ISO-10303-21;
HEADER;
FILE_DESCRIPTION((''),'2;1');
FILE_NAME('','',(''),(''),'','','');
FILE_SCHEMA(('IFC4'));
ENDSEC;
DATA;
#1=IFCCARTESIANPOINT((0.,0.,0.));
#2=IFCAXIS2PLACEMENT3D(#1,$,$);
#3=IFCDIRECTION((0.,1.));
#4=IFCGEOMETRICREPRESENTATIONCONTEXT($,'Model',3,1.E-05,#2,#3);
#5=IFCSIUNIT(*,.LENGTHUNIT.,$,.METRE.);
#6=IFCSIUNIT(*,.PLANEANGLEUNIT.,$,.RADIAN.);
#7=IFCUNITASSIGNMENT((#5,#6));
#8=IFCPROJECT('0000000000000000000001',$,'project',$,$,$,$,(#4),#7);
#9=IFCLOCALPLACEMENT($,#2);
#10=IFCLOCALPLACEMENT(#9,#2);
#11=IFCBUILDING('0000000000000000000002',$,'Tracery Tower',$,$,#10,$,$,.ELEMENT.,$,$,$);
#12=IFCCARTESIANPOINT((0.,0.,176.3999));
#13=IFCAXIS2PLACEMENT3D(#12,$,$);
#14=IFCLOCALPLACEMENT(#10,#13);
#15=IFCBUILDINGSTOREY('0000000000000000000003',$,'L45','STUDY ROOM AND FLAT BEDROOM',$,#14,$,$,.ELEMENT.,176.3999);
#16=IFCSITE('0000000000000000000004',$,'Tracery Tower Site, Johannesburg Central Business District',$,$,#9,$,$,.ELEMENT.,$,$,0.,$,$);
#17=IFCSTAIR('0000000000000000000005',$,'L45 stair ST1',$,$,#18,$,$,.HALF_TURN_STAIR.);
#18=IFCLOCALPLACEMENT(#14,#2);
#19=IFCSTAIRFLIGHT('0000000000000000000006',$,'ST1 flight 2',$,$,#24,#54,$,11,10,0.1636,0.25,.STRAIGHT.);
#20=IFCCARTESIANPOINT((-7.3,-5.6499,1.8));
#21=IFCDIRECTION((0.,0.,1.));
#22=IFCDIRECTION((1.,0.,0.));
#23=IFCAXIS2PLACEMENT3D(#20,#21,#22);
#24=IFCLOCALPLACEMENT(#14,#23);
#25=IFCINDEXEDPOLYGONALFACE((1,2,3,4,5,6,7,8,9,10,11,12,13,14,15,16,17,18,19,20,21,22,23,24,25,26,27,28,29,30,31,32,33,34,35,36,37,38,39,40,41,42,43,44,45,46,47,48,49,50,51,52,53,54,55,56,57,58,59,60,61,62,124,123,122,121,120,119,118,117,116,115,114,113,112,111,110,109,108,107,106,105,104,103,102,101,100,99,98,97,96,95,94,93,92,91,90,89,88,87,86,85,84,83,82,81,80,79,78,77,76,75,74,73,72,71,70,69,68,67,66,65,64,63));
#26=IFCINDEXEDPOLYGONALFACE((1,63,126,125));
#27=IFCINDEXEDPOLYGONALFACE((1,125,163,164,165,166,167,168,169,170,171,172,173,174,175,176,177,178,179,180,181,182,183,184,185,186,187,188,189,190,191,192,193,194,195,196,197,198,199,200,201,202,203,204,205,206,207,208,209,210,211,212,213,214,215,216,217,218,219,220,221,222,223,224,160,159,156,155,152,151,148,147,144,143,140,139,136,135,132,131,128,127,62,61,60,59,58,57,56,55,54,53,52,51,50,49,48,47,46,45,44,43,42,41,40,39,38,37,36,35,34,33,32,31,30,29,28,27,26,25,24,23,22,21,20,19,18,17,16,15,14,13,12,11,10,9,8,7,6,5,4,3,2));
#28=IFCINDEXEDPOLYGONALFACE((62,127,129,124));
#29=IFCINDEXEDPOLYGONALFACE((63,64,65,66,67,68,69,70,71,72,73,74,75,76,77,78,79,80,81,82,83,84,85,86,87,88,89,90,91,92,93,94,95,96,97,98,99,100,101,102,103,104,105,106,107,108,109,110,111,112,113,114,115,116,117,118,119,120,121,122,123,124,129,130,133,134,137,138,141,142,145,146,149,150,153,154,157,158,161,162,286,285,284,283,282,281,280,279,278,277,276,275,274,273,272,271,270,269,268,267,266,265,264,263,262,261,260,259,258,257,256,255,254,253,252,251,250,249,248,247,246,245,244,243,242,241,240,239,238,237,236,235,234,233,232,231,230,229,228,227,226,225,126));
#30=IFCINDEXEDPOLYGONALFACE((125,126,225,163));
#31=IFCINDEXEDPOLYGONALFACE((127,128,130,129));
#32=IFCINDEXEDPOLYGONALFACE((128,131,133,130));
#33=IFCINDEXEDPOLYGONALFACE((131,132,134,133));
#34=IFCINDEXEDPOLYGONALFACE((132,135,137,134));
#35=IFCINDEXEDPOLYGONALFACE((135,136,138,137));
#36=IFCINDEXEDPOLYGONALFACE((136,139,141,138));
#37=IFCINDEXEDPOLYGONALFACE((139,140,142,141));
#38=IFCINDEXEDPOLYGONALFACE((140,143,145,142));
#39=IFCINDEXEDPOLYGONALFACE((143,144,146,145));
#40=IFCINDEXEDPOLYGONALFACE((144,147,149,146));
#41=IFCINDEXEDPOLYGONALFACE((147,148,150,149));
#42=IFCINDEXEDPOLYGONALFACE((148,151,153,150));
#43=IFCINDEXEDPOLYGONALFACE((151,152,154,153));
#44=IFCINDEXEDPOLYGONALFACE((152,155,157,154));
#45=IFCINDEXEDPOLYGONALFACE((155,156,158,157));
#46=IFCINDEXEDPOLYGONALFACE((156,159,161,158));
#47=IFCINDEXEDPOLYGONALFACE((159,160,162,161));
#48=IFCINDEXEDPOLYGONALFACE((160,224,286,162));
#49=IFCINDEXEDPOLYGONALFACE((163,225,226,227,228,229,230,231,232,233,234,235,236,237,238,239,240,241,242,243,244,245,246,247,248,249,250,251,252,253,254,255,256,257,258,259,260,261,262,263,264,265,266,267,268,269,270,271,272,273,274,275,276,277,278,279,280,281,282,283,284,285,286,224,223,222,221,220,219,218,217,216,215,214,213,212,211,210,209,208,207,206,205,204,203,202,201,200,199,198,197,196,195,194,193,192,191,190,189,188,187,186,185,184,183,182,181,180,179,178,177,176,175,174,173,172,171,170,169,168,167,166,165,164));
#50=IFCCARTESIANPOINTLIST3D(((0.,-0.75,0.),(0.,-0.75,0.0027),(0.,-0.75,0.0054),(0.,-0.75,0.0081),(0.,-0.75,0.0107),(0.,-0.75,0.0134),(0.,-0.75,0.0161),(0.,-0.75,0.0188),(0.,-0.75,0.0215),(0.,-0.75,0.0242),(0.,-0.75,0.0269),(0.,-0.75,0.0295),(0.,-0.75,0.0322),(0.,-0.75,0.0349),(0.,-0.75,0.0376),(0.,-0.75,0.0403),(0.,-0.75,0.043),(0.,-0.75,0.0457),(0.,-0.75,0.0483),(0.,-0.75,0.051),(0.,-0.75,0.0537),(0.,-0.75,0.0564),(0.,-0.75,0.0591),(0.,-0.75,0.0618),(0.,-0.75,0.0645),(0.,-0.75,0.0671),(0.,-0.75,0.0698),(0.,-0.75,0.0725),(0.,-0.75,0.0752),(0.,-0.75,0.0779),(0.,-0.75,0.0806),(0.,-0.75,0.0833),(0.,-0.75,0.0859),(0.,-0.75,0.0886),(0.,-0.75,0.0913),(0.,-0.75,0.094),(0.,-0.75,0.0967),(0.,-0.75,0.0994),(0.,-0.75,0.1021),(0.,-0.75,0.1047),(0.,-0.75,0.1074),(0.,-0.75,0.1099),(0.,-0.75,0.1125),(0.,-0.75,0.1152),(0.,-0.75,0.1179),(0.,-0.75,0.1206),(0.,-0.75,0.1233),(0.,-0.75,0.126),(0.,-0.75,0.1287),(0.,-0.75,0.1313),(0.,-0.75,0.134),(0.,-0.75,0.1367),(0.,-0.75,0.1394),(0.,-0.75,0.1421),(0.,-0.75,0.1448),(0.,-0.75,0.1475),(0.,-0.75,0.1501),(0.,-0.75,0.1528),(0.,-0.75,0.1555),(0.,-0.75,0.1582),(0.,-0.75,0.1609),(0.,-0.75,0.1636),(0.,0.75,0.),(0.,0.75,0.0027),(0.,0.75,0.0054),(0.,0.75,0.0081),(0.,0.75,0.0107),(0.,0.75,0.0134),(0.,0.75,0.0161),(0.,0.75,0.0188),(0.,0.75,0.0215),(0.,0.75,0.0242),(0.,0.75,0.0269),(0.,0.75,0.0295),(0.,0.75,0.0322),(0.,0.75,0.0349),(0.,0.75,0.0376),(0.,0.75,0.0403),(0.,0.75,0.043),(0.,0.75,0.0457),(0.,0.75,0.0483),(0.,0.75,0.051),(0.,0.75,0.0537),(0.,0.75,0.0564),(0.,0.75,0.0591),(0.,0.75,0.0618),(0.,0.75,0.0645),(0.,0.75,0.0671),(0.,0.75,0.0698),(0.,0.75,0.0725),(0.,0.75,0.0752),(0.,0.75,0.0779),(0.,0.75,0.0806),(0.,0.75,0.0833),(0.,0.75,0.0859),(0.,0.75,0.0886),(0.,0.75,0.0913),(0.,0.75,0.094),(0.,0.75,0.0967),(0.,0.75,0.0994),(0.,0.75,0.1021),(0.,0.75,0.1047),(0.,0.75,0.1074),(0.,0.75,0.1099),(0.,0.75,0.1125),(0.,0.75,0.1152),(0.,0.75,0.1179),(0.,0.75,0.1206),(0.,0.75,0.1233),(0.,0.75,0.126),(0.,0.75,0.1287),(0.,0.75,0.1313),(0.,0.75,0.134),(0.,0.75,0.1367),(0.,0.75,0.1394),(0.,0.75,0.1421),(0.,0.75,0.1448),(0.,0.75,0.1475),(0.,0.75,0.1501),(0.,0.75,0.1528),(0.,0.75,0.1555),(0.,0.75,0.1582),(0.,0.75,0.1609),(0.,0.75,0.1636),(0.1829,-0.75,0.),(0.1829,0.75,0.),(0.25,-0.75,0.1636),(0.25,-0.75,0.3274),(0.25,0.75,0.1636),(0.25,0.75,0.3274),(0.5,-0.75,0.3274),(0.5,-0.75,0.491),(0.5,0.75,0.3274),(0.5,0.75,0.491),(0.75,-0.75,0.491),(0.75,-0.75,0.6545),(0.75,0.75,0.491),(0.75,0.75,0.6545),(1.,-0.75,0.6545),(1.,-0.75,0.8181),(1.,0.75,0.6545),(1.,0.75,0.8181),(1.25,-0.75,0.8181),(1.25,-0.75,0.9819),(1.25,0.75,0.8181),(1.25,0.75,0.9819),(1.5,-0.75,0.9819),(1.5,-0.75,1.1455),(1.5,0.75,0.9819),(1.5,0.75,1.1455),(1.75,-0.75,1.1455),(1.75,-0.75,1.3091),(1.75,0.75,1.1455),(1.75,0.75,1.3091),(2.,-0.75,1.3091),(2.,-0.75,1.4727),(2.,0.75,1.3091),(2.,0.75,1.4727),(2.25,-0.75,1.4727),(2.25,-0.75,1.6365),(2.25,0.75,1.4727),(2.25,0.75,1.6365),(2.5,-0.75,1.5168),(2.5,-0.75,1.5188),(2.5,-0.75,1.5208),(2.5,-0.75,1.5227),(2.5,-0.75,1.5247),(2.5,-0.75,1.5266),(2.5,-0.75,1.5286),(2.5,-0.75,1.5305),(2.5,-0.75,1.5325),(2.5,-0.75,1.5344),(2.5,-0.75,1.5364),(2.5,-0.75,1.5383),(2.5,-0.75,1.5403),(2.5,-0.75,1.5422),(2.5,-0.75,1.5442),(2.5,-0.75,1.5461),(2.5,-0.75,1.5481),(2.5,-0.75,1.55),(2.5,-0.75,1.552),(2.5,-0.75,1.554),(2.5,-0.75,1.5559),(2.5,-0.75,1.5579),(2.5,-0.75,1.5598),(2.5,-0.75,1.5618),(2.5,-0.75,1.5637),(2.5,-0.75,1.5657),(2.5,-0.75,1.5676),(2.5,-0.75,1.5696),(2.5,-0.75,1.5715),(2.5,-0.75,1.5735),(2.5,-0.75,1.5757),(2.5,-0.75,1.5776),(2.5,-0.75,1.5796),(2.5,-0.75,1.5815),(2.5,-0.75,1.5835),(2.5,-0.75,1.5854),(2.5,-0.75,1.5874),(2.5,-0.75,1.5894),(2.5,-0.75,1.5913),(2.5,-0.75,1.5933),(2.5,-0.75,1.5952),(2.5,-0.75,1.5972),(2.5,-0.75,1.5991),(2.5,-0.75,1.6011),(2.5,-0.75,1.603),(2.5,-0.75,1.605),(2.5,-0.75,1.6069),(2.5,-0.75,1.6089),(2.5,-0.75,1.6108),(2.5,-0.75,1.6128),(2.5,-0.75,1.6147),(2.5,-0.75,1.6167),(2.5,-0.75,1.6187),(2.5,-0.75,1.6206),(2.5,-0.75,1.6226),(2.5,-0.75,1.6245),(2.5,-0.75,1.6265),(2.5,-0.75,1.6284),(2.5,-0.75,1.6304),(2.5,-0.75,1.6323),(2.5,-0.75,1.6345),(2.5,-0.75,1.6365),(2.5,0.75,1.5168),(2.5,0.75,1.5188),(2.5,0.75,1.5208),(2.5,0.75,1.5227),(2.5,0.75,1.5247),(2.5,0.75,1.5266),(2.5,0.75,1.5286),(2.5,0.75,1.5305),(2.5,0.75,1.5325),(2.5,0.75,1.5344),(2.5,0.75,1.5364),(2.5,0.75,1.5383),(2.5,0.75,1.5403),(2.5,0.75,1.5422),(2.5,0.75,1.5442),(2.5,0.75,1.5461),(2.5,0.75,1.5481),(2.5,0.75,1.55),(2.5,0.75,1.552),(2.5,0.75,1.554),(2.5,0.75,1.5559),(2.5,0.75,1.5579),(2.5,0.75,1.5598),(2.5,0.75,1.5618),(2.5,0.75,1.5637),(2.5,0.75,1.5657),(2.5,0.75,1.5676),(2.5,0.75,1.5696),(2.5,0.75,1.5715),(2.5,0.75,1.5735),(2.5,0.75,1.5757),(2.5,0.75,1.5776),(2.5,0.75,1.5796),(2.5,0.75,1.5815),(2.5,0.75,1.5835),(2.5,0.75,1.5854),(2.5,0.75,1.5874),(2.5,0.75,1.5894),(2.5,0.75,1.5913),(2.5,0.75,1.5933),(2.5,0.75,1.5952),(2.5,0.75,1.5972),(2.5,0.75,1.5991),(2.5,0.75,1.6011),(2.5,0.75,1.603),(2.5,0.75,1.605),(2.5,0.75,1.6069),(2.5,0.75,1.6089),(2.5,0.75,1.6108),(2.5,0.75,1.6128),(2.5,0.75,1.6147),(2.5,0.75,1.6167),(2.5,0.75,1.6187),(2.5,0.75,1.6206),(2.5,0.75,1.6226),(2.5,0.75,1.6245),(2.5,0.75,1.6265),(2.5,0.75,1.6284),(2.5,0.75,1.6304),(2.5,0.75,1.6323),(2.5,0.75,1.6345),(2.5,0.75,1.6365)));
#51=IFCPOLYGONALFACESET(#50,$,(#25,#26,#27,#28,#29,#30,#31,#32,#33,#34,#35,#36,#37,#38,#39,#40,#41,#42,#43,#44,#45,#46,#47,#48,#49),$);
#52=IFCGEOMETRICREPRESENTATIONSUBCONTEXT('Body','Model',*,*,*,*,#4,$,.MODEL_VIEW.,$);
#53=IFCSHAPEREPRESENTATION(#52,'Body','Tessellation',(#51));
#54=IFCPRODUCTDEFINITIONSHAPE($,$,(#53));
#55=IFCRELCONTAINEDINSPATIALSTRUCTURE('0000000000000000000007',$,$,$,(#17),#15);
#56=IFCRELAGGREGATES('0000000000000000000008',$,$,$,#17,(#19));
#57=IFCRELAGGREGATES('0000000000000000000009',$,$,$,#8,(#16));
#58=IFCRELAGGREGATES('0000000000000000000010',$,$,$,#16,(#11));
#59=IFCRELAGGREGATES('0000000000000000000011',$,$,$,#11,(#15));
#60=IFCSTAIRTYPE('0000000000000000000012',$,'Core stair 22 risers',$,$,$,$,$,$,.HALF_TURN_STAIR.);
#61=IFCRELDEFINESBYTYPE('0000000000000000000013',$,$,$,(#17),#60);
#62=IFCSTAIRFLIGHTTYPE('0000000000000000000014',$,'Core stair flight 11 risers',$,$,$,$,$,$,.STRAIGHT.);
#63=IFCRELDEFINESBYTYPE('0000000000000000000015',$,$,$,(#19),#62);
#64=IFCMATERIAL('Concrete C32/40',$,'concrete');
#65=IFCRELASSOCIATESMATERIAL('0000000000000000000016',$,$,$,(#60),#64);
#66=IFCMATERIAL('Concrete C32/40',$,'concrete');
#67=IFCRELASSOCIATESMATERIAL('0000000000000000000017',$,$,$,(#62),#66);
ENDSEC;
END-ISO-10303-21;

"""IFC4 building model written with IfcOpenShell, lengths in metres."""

from ifc_helpers import new_model, si_unit, direction, frame, origin, place, context, subcontext, project, spatial, polyline, outline, extrude, material, type_object, element, aggregate, save


model = new_model("IFC4")

# Units and contexts
model_context = context("Model", 3, precision=1e-05, world=origin(), true_north=direction((0.0, 1.0)))
body_context = subcontext(model_context, "Body", "Model", "MODEL_VIEW")
ifc_project = project(units=[si_unit("LENGTHUNIT", "METRE"), si_unit("PLANEANGLEUNIT", "RADIAN")], contexts=[model_context])

# Site, building, storey
site_placement = place(None, origin())
site = spatial("IfcSite", under=ifc_project, at=site_placement, Name="Tracery Tower Site, Johannesburg Central Business District", CompositionType="ELEMENT", RefElevation=0.0)
building_placement = place(site_placement, origin())
building = spatial("IfcBuilding", under=site, at=building_placement, Name="Tracery Tower", CompositionType="ELEMENT")
storey_placement = place(building_placement, frame((0.0, 0.0, 176.3999)))
storey = spatial("IfcBuildingStorey", under=building, at=storey_placement, Name="L45", Description="STUDY ROOM AND FLAT BEDROOM", CompositionType="ELEMENT", Elevation=176.3999)

# Stair, stair flight
ifc_material_1 = material(Name="Concrete C32/40", Category="concrete")
stair_type = type_object("IfcStairType", Name="Core stair 22 risers", PredefinedType="HALF_TURN_STAIR", material=ifc_material_1)
stair_placement = place(storey_placement, origin())
stair = element("IfcStair", 1, at=stair_placement, inside=storey, type_object=stair_type, Name="L45 stair ST1", PredefinedType="HALF_TURN_STAIR")
ifc_material_2 = material(Name="Concrete C32/40", Category="concrete")
stair_flight_type = type_object("IfcStairFlightType", Name="Core stair flight 11 risers", PredefinedType="STRAIGHT", material=ifc_material_2)
stair_flight_1_placement = place(storey_placement, frame((-7.3, -5.6499, 1.8), z_axis=(0.0, 0.0, 1.0), x_axis=(1.0, 0.0, 0.0)))
stair_flight_1 = element("IfcStairFlight", 2, at=stair_flight_1_placement, type_object=stair_flight_type, Name="ST1 flight 2", NumberOfRisers=11, NumberOfTreads=10, PredefinedType="STRAIGHT", RiserHeight=0.1636, TreadLength=0.25, context=body_context, shape_type="SweptSolid", body=[
    extrude(outline(polyline([(0.0, 0.0), (0.0, 0.0027), (0.0, 0.0054), (0.0, 0.0081), (0.0, 0.0107), (0.0, 0.0134), (0.0, 0.0161), (0.0, 0.0188), (0.0, 0.0215), (0.0, 0.0242), (0.0, 0.0269), (0.0, 0.0295), (0.0, 0.0322), (0.0, 0.0349), (0.0, 0.0376), (0.0, 0.0403), (0.0, 0.043), (0.0, 0.0457), (0.0, 0.0483), (0.0, 0.051), (0.0, 0.0537), (0.0, 0.0564), (0.0, 0.0591), (0.0, 0.0618), (0.0, 0.0645), (0.0, 0.0671), (0.0, 0.0698), (0.0, 0.0725), (0.0, 0.0752), (0.0, 0.0779), (0.0, 0.0806), (0.0, 0.0833), (0.0, 0.0859), (0.0, 0.0886), (0.0, 0.0913), (0.0, 0.094), (0.0, 0.0967), (0.0, 0.0994), (0.0, 0.1021), (0.0, 0.1047), (0.0, 0.1074), (0.0, 0.1099), (0.0, 0.1125), (0.0, 0.1152), (0.0, 0.1179), (0.0, 0.1206), (0.0, 0.1233), (0.0, 0.126), (0.0, 0.1287), (0.0, 0.1313), (0.0, 0.134), (0.0, 0.1367), (0.0, 0.1394), (0.0, 0.1421), (0.0, 0.1448), (0.0, 0.1475), (0.0, 0.1501), (0.0, 0.1528), (0.0, 0.1555), (0.0, 0.1582), (0.0, 0.1609), (0.0, 0.1636), (0.25, 0.1636), (0.25, 0.3274), (0.5, 0.3274), (0.5, 0.491), (0.75, 0.491), (0.75, 0.6545), (1.0, 0.6545), (1.0, 0.8181), (1.25, 0.8181), (1.25, 0.9819), (1.5, 0.9819), (1.5, 1.1455), (1.75, 1.1455), (1.75, 1.3091), (2.0, 1.3091), (2.0, 1.4727), (2.25, 1.4727), (2.25, 1.6365), (2.5, 1.6365), (2.5, 1.6345), (2.5, 1.6323), (2.5, 1.6304), (2.5, 1.6284), (2.5, 1.6265), (2.5, 1.6245), (2.5, 1.6226), (2.5, 1.6206), (2.5, 1.6187), (2.5, 1.6167), (2.5, 1.6147), (2.5, 1.6128), (2.5, 1.6108), (2.5, 1.6089), (2.5, 1.6069), (2.5, 1.605), (2.5, 1.603), (2.5, 1.6011), (2.5, 1.5991), (2.5, 1.5972), (2.5, 1.5952), (2.5, 1.5933), (2.5, 1.5913), (2.5, 1.5894), (2.5, 1.5874), (2.5, 1.5854), (2.5, 1.5835), (2.5, 1.5815), (2.5, 1.5796), (2.5, 1.5776), (2.5, 1.5757), (2.5, 1.5735), (2.5, 1.5715), (2.5, 1.5696), (2.5, 1.5676), (2.5, 1.5657), (2.5, 1.5637), (2.5, 1.5618), (2.5, 1.5598), (2.5, 1.5579), (2.5, 1.5559), (2.5, 1.554), (2.5, 1.552), (2.5, 1.55), (2.5, 1.5481), (2.5, 1.5461), (2.5, 1.5442), (2.5, 1.5422), (2.5, 1.5403), (2.5, 1.5383), (2.5, 1.5364), (2.5, 1.5344), (2.5, 1.5325), (2.5, 1.5305), (2.5, 1.5286), (2.5, 1.5266), (2.5, 1.5247), (2.5, 1.5227), (2.5, 1.5208), (2.5, 1.5188), (2.5, 1.5168), (0.1829, 0.0), (0.0, 0.0)])), frame((0.0, 0.75, 0.0), z_axis=(0.0, -1.0, 0.0), x_axis=(1.0, 0.0, 0.0)), (0.0, 0.0, 1.0), 1.5),
])
aggregate(stair, [stair_flight_1])

save(model, "model.ifc")
